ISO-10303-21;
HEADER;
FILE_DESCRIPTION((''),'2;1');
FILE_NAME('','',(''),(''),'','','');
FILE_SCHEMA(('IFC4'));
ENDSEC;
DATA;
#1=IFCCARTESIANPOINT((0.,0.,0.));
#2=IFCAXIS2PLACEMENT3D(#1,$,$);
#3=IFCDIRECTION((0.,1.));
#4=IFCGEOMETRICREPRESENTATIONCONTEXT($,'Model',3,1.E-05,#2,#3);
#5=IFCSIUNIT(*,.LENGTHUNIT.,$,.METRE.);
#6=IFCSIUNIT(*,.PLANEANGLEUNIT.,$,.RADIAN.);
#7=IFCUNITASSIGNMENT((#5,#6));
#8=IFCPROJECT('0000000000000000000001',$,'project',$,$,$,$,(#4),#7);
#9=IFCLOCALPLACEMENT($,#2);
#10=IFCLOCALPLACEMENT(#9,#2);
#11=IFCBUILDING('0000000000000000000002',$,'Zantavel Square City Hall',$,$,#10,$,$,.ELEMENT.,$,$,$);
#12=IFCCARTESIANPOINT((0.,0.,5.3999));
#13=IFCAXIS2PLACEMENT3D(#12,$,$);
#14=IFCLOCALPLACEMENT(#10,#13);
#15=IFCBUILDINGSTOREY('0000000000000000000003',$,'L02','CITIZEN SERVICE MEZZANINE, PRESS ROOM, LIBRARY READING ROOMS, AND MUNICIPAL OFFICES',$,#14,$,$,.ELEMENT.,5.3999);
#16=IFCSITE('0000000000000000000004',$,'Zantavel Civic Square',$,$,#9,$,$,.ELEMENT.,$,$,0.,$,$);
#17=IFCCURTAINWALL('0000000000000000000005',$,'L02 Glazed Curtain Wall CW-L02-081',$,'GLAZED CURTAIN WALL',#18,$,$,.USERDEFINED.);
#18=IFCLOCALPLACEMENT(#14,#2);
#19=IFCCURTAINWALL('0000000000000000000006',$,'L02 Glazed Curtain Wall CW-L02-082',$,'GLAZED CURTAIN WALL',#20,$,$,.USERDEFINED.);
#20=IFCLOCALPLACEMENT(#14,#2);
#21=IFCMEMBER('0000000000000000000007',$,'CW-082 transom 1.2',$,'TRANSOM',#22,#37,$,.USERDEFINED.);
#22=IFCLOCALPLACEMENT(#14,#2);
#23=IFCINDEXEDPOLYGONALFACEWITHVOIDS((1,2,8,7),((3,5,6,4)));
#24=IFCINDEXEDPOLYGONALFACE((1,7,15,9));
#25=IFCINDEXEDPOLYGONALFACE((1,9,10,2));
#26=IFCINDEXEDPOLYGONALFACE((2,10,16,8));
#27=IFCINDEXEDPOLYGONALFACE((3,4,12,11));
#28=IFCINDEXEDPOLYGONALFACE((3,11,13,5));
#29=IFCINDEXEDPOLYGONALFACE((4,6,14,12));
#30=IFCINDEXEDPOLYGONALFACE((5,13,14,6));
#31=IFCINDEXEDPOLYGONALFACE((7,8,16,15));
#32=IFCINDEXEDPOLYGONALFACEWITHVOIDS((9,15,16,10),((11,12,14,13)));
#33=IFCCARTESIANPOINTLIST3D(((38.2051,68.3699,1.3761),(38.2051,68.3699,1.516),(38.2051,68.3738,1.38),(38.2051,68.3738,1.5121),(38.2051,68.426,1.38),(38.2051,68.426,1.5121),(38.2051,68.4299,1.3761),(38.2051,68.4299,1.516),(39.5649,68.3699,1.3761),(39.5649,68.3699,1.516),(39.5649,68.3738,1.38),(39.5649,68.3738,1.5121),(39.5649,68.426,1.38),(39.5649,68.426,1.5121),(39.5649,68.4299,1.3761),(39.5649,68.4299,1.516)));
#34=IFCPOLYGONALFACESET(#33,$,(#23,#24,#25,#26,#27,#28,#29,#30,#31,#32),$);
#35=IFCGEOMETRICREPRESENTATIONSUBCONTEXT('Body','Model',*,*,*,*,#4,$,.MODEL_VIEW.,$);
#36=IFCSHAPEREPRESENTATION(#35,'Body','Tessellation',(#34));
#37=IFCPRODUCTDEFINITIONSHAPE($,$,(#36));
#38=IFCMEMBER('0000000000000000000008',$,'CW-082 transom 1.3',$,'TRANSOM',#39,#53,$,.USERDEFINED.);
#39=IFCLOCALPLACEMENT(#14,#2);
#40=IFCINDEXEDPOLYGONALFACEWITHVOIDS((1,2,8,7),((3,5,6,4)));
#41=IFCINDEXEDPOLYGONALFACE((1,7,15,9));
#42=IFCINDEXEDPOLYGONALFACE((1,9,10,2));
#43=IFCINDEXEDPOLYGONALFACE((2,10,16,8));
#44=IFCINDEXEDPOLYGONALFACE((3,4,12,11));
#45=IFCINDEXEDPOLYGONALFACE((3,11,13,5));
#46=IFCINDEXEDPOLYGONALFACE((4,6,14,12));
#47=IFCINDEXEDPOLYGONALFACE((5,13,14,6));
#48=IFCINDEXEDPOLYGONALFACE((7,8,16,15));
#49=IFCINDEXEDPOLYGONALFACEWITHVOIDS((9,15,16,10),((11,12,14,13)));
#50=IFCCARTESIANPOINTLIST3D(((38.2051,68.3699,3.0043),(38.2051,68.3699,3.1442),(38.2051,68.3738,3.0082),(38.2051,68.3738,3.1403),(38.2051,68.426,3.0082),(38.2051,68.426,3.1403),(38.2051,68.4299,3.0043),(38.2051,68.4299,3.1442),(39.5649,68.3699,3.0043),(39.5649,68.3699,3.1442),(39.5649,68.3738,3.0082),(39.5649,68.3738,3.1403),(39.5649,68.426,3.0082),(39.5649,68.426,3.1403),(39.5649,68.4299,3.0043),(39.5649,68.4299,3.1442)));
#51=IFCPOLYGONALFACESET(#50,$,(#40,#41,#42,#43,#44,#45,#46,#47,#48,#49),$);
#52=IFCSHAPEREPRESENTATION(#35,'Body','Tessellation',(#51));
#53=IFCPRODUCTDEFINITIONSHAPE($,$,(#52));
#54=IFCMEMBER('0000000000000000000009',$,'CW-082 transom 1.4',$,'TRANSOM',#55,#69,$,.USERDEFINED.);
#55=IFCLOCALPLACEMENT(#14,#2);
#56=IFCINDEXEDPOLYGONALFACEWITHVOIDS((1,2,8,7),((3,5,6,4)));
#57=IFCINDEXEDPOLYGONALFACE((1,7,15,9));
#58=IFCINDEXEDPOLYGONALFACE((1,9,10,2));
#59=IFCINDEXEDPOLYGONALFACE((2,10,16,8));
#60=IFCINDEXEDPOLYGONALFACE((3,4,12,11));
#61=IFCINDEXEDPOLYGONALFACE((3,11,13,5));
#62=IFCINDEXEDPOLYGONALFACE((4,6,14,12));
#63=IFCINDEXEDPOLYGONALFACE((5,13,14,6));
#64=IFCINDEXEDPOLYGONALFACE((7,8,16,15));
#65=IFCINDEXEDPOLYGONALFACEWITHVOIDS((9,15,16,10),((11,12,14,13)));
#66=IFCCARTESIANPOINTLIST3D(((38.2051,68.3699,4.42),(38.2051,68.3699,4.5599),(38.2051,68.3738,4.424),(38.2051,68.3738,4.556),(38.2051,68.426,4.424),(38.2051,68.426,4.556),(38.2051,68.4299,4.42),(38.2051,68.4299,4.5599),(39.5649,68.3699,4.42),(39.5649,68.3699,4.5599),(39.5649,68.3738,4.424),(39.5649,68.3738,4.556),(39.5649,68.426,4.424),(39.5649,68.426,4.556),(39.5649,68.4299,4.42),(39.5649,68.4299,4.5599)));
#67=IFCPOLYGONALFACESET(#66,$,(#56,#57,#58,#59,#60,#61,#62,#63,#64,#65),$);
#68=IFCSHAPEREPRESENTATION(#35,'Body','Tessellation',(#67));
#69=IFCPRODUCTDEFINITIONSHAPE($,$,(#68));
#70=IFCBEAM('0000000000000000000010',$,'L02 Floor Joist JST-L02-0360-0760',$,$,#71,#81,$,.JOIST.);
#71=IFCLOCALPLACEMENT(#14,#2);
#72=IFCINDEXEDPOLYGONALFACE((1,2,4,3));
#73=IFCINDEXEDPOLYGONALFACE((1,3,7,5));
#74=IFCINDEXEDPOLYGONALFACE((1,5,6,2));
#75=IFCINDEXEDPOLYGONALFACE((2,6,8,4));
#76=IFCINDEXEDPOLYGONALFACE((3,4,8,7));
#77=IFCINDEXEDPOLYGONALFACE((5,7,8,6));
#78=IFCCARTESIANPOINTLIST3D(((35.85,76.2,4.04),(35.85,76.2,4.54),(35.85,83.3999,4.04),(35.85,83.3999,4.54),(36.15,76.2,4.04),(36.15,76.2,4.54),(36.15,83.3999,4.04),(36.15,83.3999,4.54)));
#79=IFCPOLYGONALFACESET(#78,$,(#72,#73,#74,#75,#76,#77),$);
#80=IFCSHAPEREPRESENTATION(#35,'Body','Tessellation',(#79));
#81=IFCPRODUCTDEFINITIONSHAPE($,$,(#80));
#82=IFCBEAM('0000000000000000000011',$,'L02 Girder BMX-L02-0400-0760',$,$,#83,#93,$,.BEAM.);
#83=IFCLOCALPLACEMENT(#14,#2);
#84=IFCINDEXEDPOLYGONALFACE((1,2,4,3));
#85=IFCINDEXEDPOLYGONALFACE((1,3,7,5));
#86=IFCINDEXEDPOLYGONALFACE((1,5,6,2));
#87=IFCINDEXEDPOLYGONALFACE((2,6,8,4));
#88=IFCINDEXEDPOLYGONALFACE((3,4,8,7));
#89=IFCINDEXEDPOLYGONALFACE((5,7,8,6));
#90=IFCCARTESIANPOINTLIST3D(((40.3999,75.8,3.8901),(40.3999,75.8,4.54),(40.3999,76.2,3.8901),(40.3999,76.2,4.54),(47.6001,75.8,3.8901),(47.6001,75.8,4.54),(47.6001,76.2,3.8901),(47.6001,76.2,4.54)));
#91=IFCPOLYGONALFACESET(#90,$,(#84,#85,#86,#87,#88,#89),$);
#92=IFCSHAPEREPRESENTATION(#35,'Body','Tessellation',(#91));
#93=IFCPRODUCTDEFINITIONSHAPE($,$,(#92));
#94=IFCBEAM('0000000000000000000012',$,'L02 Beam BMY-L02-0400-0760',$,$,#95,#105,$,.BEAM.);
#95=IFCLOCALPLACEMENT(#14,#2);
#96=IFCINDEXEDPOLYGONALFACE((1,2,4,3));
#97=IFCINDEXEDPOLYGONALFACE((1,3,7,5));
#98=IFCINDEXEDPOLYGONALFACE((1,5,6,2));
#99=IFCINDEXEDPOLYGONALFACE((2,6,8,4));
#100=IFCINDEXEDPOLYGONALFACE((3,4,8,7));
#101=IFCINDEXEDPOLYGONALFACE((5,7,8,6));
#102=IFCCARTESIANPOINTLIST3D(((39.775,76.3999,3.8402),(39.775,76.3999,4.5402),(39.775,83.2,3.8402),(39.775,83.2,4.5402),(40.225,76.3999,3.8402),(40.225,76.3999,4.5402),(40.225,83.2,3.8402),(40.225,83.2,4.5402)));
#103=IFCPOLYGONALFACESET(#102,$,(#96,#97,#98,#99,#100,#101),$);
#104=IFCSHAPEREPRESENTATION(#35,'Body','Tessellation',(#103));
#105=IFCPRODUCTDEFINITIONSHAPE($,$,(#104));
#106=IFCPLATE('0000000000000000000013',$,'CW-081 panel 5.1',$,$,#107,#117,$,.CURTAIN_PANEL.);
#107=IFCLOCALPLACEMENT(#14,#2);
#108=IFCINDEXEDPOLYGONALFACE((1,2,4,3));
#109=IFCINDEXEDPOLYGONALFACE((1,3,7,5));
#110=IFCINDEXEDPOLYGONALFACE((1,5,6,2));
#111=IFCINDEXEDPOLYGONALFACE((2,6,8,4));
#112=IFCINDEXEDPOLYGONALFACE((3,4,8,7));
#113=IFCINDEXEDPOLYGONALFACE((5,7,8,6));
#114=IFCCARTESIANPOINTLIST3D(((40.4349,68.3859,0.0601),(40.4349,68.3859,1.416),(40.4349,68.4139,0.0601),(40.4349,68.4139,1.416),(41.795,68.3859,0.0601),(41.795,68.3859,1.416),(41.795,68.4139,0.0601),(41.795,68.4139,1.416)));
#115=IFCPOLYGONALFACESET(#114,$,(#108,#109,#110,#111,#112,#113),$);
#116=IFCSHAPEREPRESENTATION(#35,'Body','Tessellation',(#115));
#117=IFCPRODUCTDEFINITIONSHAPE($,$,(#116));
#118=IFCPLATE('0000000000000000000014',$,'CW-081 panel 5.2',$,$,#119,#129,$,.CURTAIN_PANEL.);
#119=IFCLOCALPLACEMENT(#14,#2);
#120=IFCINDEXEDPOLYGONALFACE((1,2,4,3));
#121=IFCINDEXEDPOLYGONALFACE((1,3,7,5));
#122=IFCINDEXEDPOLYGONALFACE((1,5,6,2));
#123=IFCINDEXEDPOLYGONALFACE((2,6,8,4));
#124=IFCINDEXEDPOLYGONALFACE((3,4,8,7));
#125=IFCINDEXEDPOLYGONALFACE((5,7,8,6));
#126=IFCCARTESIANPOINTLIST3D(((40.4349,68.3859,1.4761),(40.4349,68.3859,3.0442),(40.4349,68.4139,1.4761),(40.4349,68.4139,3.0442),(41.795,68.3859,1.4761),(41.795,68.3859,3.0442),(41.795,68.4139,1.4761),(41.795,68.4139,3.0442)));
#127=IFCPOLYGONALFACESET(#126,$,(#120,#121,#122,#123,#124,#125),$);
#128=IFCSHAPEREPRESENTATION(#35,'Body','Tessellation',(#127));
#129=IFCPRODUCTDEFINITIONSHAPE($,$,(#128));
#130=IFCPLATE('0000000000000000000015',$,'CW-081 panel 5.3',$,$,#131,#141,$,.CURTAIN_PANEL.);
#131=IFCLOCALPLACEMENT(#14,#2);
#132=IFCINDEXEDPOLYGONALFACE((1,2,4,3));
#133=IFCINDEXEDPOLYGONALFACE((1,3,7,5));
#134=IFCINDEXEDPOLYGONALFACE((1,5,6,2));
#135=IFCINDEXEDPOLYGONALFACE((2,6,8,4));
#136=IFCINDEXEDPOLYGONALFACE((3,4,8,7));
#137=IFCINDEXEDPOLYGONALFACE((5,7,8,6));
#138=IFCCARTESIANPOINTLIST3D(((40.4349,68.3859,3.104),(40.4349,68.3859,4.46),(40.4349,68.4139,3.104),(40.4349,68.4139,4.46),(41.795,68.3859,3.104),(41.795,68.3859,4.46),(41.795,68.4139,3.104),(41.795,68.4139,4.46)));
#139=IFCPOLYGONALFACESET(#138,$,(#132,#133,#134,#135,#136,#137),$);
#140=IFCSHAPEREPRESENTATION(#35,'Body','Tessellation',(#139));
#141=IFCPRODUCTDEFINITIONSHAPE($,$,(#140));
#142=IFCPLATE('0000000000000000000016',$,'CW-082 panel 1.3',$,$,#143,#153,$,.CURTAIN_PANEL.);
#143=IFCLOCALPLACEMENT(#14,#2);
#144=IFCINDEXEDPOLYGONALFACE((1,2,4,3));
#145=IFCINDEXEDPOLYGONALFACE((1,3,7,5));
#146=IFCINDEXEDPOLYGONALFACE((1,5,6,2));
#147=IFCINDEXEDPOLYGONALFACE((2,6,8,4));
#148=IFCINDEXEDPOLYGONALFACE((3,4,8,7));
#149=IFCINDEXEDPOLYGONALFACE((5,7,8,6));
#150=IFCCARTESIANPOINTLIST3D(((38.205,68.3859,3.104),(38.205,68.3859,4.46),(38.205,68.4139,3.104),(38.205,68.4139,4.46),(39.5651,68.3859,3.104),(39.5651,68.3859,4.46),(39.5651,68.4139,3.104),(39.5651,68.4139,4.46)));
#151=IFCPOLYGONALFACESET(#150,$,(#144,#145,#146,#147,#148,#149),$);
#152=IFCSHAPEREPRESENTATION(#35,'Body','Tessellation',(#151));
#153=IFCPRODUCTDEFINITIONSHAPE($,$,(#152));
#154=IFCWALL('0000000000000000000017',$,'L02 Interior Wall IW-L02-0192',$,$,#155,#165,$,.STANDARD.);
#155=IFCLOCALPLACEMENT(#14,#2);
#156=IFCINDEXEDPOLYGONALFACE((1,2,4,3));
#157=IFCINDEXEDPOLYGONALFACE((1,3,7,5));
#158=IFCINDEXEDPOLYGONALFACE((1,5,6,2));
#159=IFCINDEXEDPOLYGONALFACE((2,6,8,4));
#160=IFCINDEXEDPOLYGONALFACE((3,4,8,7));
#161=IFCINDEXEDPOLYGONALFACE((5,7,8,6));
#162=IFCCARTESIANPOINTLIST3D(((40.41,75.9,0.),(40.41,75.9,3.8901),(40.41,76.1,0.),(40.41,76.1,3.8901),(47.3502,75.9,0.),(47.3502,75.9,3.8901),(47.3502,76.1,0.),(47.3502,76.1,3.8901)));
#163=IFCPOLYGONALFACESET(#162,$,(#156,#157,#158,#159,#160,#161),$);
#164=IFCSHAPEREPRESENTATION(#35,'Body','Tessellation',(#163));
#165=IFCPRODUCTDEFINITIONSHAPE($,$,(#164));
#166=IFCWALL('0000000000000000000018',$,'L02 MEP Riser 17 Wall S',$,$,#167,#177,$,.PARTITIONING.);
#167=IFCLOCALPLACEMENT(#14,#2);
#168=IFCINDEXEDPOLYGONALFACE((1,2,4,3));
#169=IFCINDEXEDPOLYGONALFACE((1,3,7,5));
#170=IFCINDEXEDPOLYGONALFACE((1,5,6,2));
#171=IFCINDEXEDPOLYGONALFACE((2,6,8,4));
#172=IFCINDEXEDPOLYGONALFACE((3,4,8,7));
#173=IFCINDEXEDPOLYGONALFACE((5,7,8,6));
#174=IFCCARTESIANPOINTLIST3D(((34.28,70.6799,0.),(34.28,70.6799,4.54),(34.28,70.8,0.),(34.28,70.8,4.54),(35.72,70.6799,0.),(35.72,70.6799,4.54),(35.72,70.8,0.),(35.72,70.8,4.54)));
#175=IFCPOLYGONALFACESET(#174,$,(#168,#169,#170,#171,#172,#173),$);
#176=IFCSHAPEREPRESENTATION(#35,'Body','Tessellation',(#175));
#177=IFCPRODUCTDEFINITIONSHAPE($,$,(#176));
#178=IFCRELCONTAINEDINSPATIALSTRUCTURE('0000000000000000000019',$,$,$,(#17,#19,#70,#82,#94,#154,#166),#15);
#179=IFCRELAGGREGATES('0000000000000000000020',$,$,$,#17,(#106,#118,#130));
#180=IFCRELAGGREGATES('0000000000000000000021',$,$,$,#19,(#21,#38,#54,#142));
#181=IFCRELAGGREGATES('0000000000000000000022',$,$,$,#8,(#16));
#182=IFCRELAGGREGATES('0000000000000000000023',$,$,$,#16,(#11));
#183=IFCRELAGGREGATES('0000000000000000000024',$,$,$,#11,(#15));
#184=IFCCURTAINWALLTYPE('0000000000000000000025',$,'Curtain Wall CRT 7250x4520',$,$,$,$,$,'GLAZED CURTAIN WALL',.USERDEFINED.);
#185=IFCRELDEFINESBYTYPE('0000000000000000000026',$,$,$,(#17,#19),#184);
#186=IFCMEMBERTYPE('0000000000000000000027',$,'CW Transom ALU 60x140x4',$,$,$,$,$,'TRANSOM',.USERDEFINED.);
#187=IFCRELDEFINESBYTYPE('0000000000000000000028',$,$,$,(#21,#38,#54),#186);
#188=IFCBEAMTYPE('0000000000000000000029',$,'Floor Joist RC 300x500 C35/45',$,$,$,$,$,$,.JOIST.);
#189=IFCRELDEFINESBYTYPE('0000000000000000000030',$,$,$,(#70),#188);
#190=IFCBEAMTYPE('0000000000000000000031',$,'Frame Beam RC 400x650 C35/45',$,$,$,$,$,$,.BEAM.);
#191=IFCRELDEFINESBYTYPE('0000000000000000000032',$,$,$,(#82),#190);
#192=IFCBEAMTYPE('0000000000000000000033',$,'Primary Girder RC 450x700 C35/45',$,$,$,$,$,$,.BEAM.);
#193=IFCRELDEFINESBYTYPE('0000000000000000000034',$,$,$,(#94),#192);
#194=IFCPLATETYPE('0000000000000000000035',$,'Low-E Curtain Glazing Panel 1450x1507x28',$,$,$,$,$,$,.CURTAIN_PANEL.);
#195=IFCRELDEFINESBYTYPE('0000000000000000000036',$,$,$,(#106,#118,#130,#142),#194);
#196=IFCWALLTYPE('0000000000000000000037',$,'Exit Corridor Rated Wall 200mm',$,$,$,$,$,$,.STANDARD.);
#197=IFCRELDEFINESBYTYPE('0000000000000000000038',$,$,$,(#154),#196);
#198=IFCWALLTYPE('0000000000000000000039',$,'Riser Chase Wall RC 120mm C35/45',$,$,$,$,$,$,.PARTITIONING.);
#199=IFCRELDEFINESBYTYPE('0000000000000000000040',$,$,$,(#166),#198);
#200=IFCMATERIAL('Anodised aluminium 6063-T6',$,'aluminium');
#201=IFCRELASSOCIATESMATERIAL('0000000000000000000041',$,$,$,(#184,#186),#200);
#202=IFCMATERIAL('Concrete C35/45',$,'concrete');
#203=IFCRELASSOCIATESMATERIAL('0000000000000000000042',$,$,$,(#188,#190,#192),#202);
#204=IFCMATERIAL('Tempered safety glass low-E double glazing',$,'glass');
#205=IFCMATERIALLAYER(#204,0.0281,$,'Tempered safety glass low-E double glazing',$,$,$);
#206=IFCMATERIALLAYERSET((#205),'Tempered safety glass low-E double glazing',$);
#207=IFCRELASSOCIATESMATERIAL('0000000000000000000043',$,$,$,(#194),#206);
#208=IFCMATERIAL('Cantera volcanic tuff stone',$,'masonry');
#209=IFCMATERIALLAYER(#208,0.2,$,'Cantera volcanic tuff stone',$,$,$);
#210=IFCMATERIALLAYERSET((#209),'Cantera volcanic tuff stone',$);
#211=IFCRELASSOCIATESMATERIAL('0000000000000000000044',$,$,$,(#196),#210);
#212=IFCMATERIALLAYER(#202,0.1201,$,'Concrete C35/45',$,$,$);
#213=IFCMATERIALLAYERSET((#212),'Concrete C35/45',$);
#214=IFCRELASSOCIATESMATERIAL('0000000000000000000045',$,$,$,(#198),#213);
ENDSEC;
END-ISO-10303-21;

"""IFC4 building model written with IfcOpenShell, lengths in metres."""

from ifc_helpers import new_model, si_unit, direction, frame, frame_2d, origin, origin_2d, place, context, subcontext, project, spatial, rectangle, hollow_rectangle, extrude, material, layer, layer_set, material_profile, profile_set, type_object, element, aggregate, save


model = new_model("IFC4")

# Units and contexts
model_context = context("Model", 3, precision=1e-05, world=origin(), true_north=direction((0.0, 1.0)))
body_context = subcontext(model_context, "Body", "Model", "MODEL_VIEW")
ifc_project = project(units=[si_unit("LENGTHUNIT", "METRE"), si_unit("PLANEANGLEUNIT", "RADIAN")], contexts=[model_context])

# Site, building, storey
site_placement = place(None, origin())
site = spatial("IfcSite", under=ifc_project, at=site_placement, Name="Zantavel Civic Square", CompositionType="ELEMENT", RefElevation=0.0)
building_placement = place(site_placement, origin())
building = spatial("IfcBuilding", under=site, at=building_placement, Name="Zantavel Square City Hall", CompositionType="ELEMENT")
storey_placement = place(building_placement, frame((0.0, 0.0, 5.3999)))
storey = spatial("IfcBuildingStorey", under=building, at=storey_placement, Name="L02", Description="CITIZEN SERVICE MEZZANINE, PRESS ROOM, LIBRARY READING ROOMS, AND MUNICIPAL OFFICES", CompositionType="ELEMENT", Elevation=5.3999)

# Curtain walls
ifc_material_1 = material(Name="Anodised aluminium 6063-T6", Category="aluminium")
curtain_wall_type = type_object("IfcCurtainWallType", Name="Curtain Wall CRT 7250x4520", ElementType="GLAZED CURTAIN WALL", PredefinedType="USERDEFINED", material=ifc_material_1)
curtain_wall_1_placement = place(storey_placement, origin())
curtain_wall_1 = element("IfcCurtainWall", 1, at=curtain_wall_1_placement, inside=storey, type_object=curtain_wall_type, Name="L02 Glazed Curtain Wall CW-L02-081", ObjectType="GLAZED CURTAIN WALL", PredefinedType="USERDEFINED")
curtain_wall_2_placement = place(storey_placement, origin())
curtain_wall_2 = element("IfcCurtainWall", 2, at=curtain_wall_2_placement, inside=storey, type_object=curtain_wall_type, Name="L02 Glazed Curtain Wall CW-L02-082", ObjectType="GLAZED CURTAIN WALL", PredefinedType="USERDEFINED")

# Members
ifc_material_profile_1 = material_profile(ifc_material_1, hollow_rectangle(XDim=0.0601, YDim=0.1399, WallThickness=0.0039, at=origin_2d()), Name="ALU 60x140x4")
ifc_profile_set_1 = profile_set([ifc_material_profile_1], Name="Anodised aluminium 6063-T6")
member_type_1 = type_object("IfcMemberType", Name="CW Transom ALU 60x140x4", ElementType="TRANSOM", PredefinedType="USERDEFINED", material=ifc_profile_set_1)
member_1_placement = place(storey_placement, frame((39.5649, 68.3999, 1.446), z_axis=(-1.0, 0.0, 0.0), x_axis=(0.0, -1.0, 0.0)))
member_1 = element("IfcMember", 3, at=member_1_placement, type_object=member_type_1, Name="CW-082 transom 1.2", ObjectType="TRANSOM", PredefinedType="USERDEFINED", context=body_context, shape_type="SweptSolid", body=[
    extrude(hollow_rectangle(XDim=0.0601, YDim=0.1399, WallThickness=0.0039, at=origin_2d()), origin(), (0.0, 0.0, 1.0), 1.3599),
])
member_2_placement = place(storey_placement, frame((39.5649, 68.3999, 3.0742), z_axis=(-1.0, 0.0, 0.0), x_axis=(0.0, -1.0, 0.0)))
member_2 = element("IfcMember", 4, at=member_2_placement, type_object=member_type_1, Name="CW-082 transom 1.3", ObjectType="TRANSOM", PredefinedType="USERDEFINED", context=body_context, shape_type="SweptSolid", body=[
    extrude(hollow_rectangle(XDim=0.0601, YDim=0.1399, WallThickness=0.0039, at=origin_2d()), origin(), (0.0, 0.0, 1.0), 1.3599),
])
member_3_placement = place(storey_placement, frame((39.5649, 68.3999, 4.49), z_axis=(-1.0, 0.0, 0.0), x_axis=(0.0, -1.0, 0.0)))
member_3 = element("IfcMember", 5, at=member_3_placement, type_object=member_type_1, Name="CW-082 transom 1.4", ObjectType="TRANSOM", PredefinedType="USERDEFINED", context=body_context, shape_type="SweptSolid", body=[
    extrude(hollow_rectangle(XDim=0.0601, YDim=0.1399, WallThickness=0.0039, at=origin_2d()), origin(), (0.0, 0.0, 1.0), 1.3599),
])

# Beams
ifc_material_2 = material(Name="Concrete C35/45", Category="concrete")
ifc_material_profile_2 = material_profile(ifc_material_2, rectangle(XDim=0.3, YDim=0.5, at=origin_2d()), Name="RC 300x500")
ifc_profile_set_2 = profile_set([ifc_material_profile_2], Name="Concrete C35/45")
beam_type_1 = type_object("IfcBeamType", Name="Floor Joist RC 300x500 C35/45", PredefinedType="JOIST", material=ifc_profile_set_2)
beam_1_placement = place(storey_placement, frame((36.0, 76.2, 4.29), z_axis=(0.0, 1.0, 0.0), x_axis=(-1.0, 0.0, 0.0)))
element("IfcBeam", 6, at=beam_1_placement, inside=storey, type_object=beam_type_1, Name="L02 Floor Joist JST-L02-0360-0760", PredefinedType="JOIST", context=body_context, shape_type="SweptSolid", body=[
    extrude(rectangle(XDim=0.3, YDim=0.5, at=origin_2d()), origin(), (0.0, 0.0, 1.0), 7.2),
])
ifc_material_profile_3 = material_profile(ifc_material_2, rectangle(XDim=0.3999, YDim=0.6499, at=origin_2d()), Name="RC 400x650")
ifc_profile_set_3 = profile_set([ifc_material_profile_3], Name="Concrete C35/45")
beam_type_2 = type_object("IfcBeamType", Name="Frame Beam RC 400x650 C35/45", PredefinedType="BEAM", material=ifc_profile_set_3)
beam_2_placement = place(storey_placement, frame((40.3999, 76.0, 4.2151), z_axis=(1.0, 0.0, 0.0), x_axis=(0.0, 1.0, 0.0)))
element("IfcBeam", 7, at=beam_2_placement, inside=storey, type_object=beam_type_2, Name="L02 Girder BMX-L02-0400-0760", PredefinedType="BEAM", context=body_context, shape_type="SweptSolid", body=[
    extrude(rectangle(XDim=0.3999, YDim=0.6499, at=origin_2d()), origin(), (0.0, 0.0, 1.0), 7.2002),
])
ifc_material_profile_4 = material_profile(ifc_material_2, rectangle(XDim=0.45, YDim=0.7, at=origin_2d()), Name="RC 450x700")
ifc_profile_set_4 = profile_set([ifc_material_profile_4], Name="Concrete C35/45")
beam_type_3 = type_object("IfcBeamType", Name="Primary Girder RC 450x700 C35/45", PredefinedType="BEAM", material=ifc_profile_set_4)
beam_3_placement = place(storey_placement, frame((40.0, 76.3999, 4.1902), z_axis=(0.0, 1.0, 0.0), x_axis=(-1.0, 0.0, 0.0)))
element("IfcBeam", 8, at=beam_3_placement, inside=storey, type_object=beam_type_3, Name="L02 Beam BMY-L02-0400-0760", PredefinedType="BEAM", context=body_context, shape_type="SweptSolid", body=[
    extrude(rectangle(XDim=0.45, YDim=0.7, at=origin_2d()), origin(), (0.0, 0.0, 1.0), 6.8),
])

# Plates
ifc_material_3 = material(Name="Tempered safety glass low-E double glazing", Category="glass")
ifc_layer_1 = layer(ifc_material_3, 0.0281, Name="Tempered safety glass low-E double glazing")
ifc_layer_set_1 = layer_set([ifc_layer_1], Name="Tempered safety glass low-E double glazing")
plate_type = type_object("IfcPlateType", Name="Low-E Curtain Glazing Panel 1450x1507x28", PredefinedType="CURTAIN_PANEL", material=ifc_layer_set_1)
plate_1_placement = place(storey_placement, frame((41.115, 68.3999, 0.0601), z_axis=(0.0, 0.0, 1.0), x_axis=(-1.0, 0.0, 0.0)))
plate_1 = element("IfcPlate", 9, at=plate_1_placement, type_object=plate_type, Name="CW-081 panel 5.1", PredefinedType="CURTAIN_PANEL", context=body_context, shape_type="SweptSolid", body=[
    extrude(rectangle(XDim=1.3601, YDim=0.0281, at=origin_2d()), origin(), (0.0, 0.0, 1.0), 1.356),
])
plate_2_placement = place(storey_placement, frame((41.115, 68.3999, 1.4761), z_axis=(0.0, 0.0, 1.0), x_axis=(-1.0, 0.0, 0.0)))
plate_2 = element("IfcPlate", 10, at=plate_2_placement, type_object=plate_type, Name="CW-081 panel 5.2", PredefinedType="CURTAIN_PANEL", context=body_context, shape_type="SweptSolid", body=[
    extrude(rectangle(XDim=1.3601, YDim=0.0281, at=origin_2d()), origin(), (0.0, 0.0, 1.0), 1.5681),
])
plate_3_placement = place(storey_placement, frame((41.115, 68.3999, 3.104), z_axis=(0.0, 0.0, 1.0), x_axis=(-1.0, 0.0, 0.0)))
plate_3 = element("IfcPlate", 11, at=plate_3_placement, type_object=plate_type, Name="CW-081 panel 5.3", PredefinedType="CURTAIN_PANEL", context=body_context, shape_type="SweptSolid", body=[
    extrude(rectangle(XDim=1.3601, YDim=0.0281, at=origin_2d()), origin(), (0.0, 0.0, 1.0), 1.356),
])
aggregate(curtain_wall_1, [plate_1, plate_2, plate_3])
plate_4_placement = place(storey_placement, frame((38.885, 68.3999, 3.104), z_axis=(0.0, 0.0, 1.0), x_axis=(-1.0, 0.0, 0.0)))
plate_4 = element("IfcPlate", 12, at=plate_4_placement, type_object=plate_type, Name="CW-082 panel 1.3", PredefinedType="CURTAIN_PANEL", context=body_context, shape_type="SweptSolid", body=[
    extrude(rectangle(XDim=1.3601, YDim=0.0281, at=origin_2d()), origin(), (0.0, 0.0, 1.0), 1.356),
])
aggregate(curtain_wall_2, [member_1, member_2, member_3, plate_4])

# Walls
ifc_material_4 = material(Name="Cantera volcanic tuff stone", Category="masonry")
ifc_layer_2 = layer(ifc_material_4, 0.2, Name="Cantera volcanic tuff stone")
ifc_layer_set_2 = layer_set([ifc_layer_2], Name="Cantera volcanic tuff stone")
wall_type_1 = type_object("IfcWallType", Name="Exit Corridor Rated Wall 200mm", PredefinedType="STANDARD", material=ifc_layer_set_2)
wall_1_placement = place(storey_placement, frame((40.4099, 76.0, 0.0), z_axis=(0.0, 0.0, 1.0), x_axis=(1.0, 0.0, 0.0)))
element("IfcWall", 13, at=wall_1_placement, inside=storey, type_object=wall_type_1, Name="L02 Interior Wall IW-L02-0192", PredefinedType="STANDARD", context=body_context, shape_type="SweptSolid", body=[
    extrude(rectangle(XDim=6.9402, YDim=0.2, at=frame_2d((3.4702, 0.0))), origin(), (0.0, 0.0, 1.0), 3.8901),
])
ifc_layer_3 = layer(ifc_material_2, 0.1201, Name="Concrete C35/45")
ifc_layer_set_3 = layer_set([ifc_layer_3], Name="Concrete C35/45")
wall_type_2 = type_object("IfcWallType", Name="Riser Chase Wall RC 120mm C35/45", PredefinedType="PARTITIONING", material=ifc_layer_set_3)
wall_2_placement = place(storey_placement, frame((35.72, 70.74, 0.0), z_axis=(0.0, 0.0, 1.0), x_axis=(-1.0, 0.0, 0.0)))
element("IfcWall", 14, at=wall_2_placement, inside=storey, type_object=wall_type_2, Name="L02 MEP Riser 17 Wall S", PredefinedType="PARTITIONING", context=body_context, shape_type="SweptSolid", body=[
    extrude(rectangle(XDim=1.4399, YDim=0.1201, at=frame_2d((0.72, 0.0))), origin(), (0.0, 0.0, 1.0), 4.54),
])

save(model, "model.ifc")
